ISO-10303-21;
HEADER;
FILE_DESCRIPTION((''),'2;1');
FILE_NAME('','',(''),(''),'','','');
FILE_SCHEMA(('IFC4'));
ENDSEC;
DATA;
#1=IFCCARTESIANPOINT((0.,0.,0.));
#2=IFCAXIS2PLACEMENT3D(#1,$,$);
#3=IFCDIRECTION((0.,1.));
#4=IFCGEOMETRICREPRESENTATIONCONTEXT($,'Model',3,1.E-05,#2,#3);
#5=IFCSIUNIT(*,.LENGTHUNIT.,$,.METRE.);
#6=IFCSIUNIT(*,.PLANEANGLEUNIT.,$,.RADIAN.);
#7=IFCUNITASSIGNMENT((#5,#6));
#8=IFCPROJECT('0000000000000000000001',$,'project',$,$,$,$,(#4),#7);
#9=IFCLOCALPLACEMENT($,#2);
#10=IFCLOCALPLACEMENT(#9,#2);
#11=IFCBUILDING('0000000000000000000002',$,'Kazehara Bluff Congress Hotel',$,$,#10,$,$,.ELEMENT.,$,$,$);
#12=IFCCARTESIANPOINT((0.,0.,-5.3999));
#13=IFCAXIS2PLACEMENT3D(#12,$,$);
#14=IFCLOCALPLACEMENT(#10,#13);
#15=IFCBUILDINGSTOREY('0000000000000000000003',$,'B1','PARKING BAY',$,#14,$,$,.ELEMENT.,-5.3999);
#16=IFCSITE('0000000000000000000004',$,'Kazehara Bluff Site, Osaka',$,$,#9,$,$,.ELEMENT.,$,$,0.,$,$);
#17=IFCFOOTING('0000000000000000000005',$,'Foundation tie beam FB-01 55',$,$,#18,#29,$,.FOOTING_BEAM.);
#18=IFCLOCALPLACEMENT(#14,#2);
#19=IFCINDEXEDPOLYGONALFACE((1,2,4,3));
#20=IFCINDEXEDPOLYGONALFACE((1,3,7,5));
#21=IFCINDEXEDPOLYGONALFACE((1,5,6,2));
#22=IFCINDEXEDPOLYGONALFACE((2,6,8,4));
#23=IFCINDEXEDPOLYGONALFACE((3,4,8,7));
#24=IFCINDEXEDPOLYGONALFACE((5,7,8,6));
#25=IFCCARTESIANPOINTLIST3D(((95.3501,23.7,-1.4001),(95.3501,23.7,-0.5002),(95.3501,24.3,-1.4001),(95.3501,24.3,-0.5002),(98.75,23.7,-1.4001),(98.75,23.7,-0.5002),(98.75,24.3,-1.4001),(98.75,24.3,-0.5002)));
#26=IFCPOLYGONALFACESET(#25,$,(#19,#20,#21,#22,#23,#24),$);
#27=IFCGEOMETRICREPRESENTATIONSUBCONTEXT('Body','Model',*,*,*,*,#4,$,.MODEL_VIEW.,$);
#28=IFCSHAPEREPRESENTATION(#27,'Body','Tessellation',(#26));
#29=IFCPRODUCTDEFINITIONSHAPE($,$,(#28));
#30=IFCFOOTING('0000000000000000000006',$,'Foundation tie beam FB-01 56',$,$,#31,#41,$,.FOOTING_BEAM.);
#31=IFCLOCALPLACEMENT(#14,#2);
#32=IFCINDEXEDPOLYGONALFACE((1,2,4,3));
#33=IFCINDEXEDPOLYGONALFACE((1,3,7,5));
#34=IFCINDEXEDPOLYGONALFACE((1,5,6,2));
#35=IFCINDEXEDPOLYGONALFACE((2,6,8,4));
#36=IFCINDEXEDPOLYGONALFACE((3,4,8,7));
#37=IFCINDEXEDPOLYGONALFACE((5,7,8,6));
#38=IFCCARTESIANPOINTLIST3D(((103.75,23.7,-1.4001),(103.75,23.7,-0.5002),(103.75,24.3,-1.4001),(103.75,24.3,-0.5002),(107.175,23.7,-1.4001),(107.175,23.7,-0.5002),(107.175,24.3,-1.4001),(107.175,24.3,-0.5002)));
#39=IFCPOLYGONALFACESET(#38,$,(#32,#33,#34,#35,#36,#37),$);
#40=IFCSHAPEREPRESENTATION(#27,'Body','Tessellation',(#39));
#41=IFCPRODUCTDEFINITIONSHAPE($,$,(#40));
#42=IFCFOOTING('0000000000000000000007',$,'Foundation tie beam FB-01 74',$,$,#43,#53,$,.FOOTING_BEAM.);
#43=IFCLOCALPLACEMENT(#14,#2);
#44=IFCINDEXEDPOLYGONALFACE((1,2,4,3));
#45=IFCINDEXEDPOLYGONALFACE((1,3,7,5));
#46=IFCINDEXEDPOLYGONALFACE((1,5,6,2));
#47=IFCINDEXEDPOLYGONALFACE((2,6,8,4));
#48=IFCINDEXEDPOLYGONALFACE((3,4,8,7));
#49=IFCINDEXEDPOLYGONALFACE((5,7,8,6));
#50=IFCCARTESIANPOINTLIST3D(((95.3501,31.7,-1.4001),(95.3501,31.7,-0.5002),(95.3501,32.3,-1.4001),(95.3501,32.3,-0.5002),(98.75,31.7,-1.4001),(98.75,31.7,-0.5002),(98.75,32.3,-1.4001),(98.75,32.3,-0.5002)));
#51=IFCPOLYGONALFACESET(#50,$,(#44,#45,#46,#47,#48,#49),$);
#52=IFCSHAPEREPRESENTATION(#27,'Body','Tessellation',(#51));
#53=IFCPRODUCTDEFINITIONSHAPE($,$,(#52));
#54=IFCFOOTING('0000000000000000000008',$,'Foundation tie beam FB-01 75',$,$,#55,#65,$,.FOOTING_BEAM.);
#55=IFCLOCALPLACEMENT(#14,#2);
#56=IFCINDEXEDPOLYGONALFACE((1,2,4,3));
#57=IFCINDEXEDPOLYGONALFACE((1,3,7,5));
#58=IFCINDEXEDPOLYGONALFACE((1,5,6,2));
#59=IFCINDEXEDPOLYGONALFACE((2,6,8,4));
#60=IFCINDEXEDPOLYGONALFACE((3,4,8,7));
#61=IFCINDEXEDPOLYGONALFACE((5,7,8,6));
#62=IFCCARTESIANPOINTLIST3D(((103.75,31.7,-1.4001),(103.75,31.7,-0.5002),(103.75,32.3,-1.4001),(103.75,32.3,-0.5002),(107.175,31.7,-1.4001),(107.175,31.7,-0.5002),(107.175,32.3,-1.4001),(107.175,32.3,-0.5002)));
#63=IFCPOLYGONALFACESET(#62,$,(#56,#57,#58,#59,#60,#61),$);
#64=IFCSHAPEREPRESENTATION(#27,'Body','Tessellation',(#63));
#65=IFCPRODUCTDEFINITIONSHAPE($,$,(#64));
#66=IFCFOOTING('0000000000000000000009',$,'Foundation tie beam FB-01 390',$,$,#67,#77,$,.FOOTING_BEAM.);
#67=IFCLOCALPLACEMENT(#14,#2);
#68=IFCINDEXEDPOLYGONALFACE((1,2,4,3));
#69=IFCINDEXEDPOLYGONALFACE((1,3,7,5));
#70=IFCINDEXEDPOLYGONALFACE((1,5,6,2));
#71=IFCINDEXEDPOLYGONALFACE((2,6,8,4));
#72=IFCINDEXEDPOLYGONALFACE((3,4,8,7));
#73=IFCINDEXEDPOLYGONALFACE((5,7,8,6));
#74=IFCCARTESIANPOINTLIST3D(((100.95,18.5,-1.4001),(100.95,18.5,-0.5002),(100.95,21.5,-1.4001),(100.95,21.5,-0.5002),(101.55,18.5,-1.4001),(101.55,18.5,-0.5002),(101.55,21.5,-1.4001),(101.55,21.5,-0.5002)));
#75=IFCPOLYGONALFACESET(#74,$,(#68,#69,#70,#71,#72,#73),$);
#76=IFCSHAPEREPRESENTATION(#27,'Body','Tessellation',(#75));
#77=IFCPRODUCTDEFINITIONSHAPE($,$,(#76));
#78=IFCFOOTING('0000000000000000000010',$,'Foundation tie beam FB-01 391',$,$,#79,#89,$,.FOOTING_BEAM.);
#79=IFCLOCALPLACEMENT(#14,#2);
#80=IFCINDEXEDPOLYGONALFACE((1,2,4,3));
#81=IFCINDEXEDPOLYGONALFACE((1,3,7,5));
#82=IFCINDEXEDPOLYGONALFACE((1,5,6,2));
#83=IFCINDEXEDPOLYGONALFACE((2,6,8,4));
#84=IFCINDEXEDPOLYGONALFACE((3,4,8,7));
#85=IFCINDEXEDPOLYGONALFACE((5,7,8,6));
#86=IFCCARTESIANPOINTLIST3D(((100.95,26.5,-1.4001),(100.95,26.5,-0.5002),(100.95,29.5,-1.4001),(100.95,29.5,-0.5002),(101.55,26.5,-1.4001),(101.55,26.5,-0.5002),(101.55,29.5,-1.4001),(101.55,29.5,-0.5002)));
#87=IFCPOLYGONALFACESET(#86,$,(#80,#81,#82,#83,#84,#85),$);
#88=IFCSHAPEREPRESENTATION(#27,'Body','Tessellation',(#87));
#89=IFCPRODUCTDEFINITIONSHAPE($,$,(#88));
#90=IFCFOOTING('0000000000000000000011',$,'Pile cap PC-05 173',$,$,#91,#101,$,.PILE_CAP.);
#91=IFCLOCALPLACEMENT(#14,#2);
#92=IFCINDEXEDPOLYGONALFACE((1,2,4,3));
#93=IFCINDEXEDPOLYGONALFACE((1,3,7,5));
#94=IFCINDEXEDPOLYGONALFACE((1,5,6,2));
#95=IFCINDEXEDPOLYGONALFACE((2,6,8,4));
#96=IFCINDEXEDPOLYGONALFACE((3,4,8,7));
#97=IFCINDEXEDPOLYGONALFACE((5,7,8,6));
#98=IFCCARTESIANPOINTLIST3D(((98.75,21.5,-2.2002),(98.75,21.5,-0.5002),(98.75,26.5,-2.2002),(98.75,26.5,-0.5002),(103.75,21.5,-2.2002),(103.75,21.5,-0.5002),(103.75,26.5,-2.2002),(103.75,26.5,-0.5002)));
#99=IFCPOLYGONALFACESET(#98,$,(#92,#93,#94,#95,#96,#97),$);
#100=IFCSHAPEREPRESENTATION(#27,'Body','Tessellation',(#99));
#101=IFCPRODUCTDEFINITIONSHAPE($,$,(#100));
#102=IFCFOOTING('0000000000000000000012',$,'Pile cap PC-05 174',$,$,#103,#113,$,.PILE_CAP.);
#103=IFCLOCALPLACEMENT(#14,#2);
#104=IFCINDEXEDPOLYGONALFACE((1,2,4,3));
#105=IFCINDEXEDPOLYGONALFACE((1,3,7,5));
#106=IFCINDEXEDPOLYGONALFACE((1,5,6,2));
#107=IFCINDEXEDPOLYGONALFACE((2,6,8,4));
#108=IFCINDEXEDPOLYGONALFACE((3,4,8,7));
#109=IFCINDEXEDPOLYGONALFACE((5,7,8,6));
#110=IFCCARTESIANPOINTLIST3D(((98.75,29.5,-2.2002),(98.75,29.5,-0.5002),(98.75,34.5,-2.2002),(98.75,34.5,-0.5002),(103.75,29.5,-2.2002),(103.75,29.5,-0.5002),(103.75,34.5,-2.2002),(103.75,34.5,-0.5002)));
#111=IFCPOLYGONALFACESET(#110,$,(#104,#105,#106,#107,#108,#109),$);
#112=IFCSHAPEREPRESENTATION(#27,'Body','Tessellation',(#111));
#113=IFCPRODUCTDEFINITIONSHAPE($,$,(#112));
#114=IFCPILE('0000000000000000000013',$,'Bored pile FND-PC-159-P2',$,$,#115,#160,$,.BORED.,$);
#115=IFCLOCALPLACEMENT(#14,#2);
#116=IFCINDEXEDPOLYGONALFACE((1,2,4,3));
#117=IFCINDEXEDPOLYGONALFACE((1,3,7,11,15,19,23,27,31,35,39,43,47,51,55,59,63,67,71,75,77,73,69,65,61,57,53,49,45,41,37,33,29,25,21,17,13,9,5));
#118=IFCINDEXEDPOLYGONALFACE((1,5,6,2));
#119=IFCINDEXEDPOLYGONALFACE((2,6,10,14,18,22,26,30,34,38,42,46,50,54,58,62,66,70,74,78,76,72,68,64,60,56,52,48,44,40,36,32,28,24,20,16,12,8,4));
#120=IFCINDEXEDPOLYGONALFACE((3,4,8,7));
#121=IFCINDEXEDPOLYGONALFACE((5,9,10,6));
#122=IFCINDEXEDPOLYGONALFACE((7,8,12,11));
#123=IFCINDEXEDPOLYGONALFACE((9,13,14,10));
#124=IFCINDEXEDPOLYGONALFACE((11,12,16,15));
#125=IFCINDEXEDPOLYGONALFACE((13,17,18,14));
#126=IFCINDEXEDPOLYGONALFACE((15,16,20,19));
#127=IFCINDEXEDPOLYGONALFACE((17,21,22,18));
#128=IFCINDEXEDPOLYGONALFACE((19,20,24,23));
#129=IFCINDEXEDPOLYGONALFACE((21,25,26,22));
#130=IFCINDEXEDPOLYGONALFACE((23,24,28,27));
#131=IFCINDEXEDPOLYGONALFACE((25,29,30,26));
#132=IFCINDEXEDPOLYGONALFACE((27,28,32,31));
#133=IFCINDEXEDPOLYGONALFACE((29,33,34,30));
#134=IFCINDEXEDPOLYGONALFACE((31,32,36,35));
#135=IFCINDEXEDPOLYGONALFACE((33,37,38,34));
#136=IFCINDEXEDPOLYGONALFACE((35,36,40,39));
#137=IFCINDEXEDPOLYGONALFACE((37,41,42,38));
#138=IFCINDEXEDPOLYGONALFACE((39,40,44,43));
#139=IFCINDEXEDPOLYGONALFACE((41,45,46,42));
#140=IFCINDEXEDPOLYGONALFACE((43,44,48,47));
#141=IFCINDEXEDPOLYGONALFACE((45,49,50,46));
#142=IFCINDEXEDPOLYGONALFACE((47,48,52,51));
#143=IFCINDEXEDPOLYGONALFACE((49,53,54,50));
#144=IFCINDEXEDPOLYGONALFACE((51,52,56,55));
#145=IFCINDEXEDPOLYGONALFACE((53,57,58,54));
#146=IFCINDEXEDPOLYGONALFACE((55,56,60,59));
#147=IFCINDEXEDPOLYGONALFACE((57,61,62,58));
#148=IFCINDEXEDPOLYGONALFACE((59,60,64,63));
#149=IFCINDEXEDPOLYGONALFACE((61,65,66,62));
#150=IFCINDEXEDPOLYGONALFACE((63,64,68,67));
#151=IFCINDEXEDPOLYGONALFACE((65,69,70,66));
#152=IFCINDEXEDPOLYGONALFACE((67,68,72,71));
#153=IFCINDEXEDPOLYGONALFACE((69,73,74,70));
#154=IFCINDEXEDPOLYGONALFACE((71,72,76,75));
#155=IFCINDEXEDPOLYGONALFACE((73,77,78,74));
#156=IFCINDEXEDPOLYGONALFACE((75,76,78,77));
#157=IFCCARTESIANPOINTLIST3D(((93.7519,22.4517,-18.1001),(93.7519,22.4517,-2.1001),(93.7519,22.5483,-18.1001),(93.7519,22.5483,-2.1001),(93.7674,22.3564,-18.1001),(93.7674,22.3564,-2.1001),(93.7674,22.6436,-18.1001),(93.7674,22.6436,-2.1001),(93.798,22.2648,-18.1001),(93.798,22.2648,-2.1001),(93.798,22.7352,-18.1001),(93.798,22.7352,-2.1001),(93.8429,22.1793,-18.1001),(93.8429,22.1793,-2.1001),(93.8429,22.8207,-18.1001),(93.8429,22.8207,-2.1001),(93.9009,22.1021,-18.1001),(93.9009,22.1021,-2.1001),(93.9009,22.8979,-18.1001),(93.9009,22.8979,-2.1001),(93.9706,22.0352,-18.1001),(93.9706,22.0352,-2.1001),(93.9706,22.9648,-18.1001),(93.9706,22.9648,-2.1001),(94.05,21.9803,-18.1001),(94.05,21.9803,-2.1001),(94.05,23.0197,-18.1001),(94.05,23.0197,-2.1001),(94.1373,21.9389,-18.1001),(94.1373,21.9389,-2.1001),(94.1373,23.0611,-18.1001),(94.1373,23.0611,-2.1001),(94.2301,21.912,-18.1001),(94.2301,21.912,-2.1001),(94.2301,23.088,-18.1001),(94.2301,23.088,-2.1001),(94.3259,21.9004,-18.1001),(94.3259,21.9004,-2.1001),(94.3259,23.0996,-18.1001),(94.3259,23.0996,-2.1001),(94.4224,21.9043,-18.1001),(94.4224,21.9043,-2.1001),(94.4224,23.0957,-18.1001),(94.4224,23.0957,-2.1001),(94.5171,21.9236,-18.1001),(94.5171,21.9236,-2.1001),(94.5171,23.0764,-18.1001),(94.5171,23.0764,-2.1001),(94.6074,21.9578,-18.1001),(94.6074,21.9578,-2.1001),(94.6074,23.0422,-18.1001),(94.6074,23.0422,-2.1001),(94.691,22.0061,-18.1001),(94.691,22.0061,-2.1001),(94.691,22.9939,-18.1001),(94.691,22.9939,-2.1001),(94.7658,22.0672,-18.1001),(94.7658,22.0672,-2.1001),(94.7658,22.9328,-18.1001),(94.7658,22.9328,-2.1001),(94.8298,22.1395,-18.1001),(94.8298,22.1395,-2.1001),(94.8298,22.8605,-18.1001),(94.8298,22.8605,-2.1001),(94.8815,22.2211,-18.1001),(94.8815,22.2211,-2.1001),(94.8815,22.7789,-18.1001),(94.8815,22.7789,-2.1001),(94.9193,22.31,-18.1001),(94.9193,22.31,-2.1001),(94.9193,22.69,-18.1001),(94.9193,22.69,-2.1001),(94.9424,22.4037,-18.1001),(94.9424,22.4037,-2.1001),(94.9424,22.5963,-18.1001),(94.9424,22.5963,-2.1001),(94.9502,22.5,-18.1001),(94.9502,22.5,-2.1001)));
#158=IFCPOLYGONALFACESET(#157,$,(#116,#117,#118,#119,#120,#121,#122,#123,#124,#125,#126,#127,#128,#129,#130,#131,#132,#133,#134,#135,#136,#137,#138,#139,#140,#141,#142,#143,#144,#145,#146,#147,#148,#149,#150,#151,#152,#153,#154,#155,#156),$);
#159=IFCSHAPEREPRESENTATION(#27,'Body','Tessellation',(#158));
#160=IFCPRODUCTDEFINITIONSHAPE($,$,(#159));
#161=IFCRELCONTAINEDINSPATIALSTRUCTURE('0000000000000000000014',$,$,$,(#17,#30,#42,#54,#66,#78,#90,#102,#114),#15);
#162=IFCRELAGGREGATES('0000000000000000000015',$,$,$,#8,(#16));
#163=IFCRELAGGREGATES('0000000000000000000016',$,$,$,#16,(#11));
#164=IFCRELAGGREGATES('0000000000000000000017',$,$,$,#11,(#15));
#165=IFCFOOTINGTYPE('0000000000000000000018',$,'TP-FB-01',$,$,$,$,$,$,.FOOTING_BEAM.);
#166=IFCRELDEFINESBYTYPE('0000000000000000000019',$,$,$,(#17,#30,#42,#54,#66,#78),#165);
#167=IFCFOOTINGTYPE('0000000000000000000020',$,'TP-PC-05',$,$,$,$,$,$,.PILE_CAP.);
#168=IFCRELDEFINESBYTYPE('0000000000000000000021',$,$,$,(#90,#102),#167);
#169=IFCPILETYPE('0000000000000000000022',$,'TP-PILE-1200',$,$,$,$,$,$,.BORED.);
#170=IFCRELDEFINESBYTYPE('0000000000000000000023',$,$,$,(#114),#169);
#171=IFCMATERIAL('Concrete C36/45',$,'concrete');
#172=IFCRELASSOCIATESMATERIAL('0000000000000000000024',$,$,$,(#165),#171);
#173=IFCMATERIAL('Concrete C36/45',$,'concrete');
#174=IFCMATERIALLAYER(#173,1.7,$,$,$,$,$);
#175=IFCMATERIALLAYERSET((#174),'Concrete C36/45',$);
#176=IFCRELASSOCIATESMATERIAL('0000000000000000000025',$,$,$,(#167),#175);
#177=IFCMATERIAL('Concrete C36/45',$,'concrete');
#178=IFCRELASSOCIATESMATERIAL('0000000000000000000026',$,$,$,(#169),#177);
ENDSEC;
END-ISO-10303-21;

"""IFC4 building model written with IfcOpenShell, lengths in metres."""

from ifc_helpers import new_model, si_unit, direction, frame, origin, origin_2d, place, context, subcontext, project, spatial, rectangle, circle, extrude, material, layer, layer_set, material_profile, profile_set, type_object, element, save


model = new_model("IFC4")

# Units and contexts
model_context = context("Model", 3, precision=1e-05, world=origin(), true_north=direction((0.0, 1.0)))
body_context = subcontext(model_context, "Body", "Model", "MODEL_VIEW")
ifc_project = project(units=[si_unit("LENGTHUNIT", "METRE"), si_unit("PLANEANGLEUNIT", "RADIAN")], contexts=[model_context])

# Site, building, storey
site_placement = place(None, origin())
site = spatial("IfcSite", under=ifc_project, at=site_placement, Name="Kazehara Bluff Site, Osaka", CompositionType="ELEMENT", RefElevation=0.0)
building_placement = place(site_placement, origin())
building = spatial("IfcBuilding", under=site, at=building_placement, Name="Kazehara Bluff Congress Hotel", CompositionType="ELEMENT")
storey_placement = place(building_placement, frame((0.0, 0.0, -5.3999)))
storey = spatial("IfcBuildingStorey", under=building, at=storey_placement, Name="B1", Description="PARKING BAY", CompositionType="ELEMENT", Elevation=-5.3999)

# Footings
ifc_material_1 = material(Name="Concrete C36/45", Category="concrete")
ifc_material_profile_1 = material_profile(ifc_material_1, rectangle(XDim=0.6001, YDim=0.8999, at=origin_2d()))
ifc_profile_set_1 = profile_set([ifc_material_profile_1], Name="Concrete C36/45")
footing_type_1 = type_object("IfcFootingType", Name="TP-FB-01", PredefinedType="FOOTING_BEAM", material=ifc_profile_set_1)
footing_1_placement = place(storey_placement, frame((95.3501, 24.0, -0.9502), z_axis=(1.0, 0.0, 0.0), x_axis=(0.0, 1.0, 0.0)))
element("IfcFooting", 1, at=footing_1_placement, inside=storey, type_object=footing_type_1, Name="Foundation tie beam FB-01 55", PredefinedType="FOOTING_BEAM", context=body_context, shape_type="SweptSolid", body=[
    extrude(rectangle(XDim=0.6001, YDim=0.8999, at=origin_2d()), origin(), (0.0, 0.0, 1.0), 3.3999),
])
footing_2_placement = place(storey_placement, frame((103.75, 24.0, -0.9502), z_axis=(1.0, 0.0, 0.0), x_axis=(0.0, 1.0, 0.0)))
element("IfcFooting", 2, at=footing_2_placement, inside=storey, type_object=footing_type_1, Name="Foundation tie beam FB-01 56", PredefinedType="FOOTING_BEAM", context=body_context, shape_type="SweptSolid", body=[
    extrude(rectangle(XDim=0.6001, YDim=0.8999, at=origin_2d()), origin(), (0.0, 0.0, 1.0), 3.425),
])
footing_3_placement = place(storey_placement, frame((95.3501, 32.0, -0.9502), z_axis=(1.0, 0.0, 0.0), x_axis=(0.0, 1.0, 0.0)))
element("IfcFooting", 3, at=footing_3_placement, inside=storey, type_object=footing_type_1, Name="Foundation tie beam FB-01 74", PredefinedType="FOOTING_BEAM", context=body_context, shape_type="SweptSolid", body=[
    extrude(rectangle(XDim=0.6001, YDim=0.8999, at=origin_2d()), origin(), (0.0, 0.0, 1.0), 3.3999),
])
footing_4_placement = place(storey_placement, frame((103.75, 32.0, -0.9502), z_axis=(1.0, 0.0, 0.0), x_axis=(0.0, 1.0, 0.0)))
element("IfcFooting", 4, at=footing_4_placement, inside=storey, type_object=footing_type_1, Name="Foundation tie beam FB-01 75", PredefinedType="FOOTING_BEAM", context=body_context, shape_type="SweptSolid", body=[
    extrude(rectangle(XDim=0.6001, YDim=0.8999, at=origin_2d()), origin(), (0.0, 0.0, 1.0), 3.425),
])
for number, where, z_axis, x_axis, name in (
    (5, (101.25, 18.5, -0.9502), (0.0, 1.0, 0.0), (-1.0, 0.0, 0.0), "Foundation tie beam FB-01 390"),
    (6, (101.25, 26.5, -0.9502), (0.0, 1.0, 0.0), (-1.0, 0.0, 0.0), "Foundation tie beam FB-01 391"),
):
    element("IfcFooting", number, at=place(storey_placement, frame(where, z_axis=z_axis, x_axis=x_axis)), inside=storey, type_object=footing_type_1, Name=name, PredefinedType="FOOTING_BEAM", context=body_context, shape_type="SweptSolid", body=[
        extrude(rectangle(XDim=0.6001, YDim=0.8999, at=origin_2d()), origin(), (0.0, 0.0, 1.0), 3.0),
    ])
ifc_material_2 = material(Name="Concrete C36/45", Category="concrete")
ifc_layer = layer(ifc_material_2, 1.7)
ifc_layer_set = layer_set([ifc_layer], Name="Concrete C36/45")
footing_type_2 = type_object("IfcFootingType", Name="TP-PC-05", PredefinedType="PILE_CAP", material=ifc_layer_set)
for number, where, z_axis, x_axis, name in (
    (7, (101.25, 24.0, -2.2002), (0.0, 0.0, 1.0), (1.0, 0.0, 0.0), "Pile cap PC-05 173"),
    (8, (101.25, 32.0, -2.2002), (0.0, 0.0, 1.0), (1.0, 0.0, 0.0), "Pile cap PC-05 174"),
):
    element("IfcFooting", number, at=place(storey_placement, frame(where, z_axis=z_axis, x_axis=x_axis)), inside=storey, type_object=footing_type_2, Name=name, PredefinedType="PILE_CAP", context=body_context, shape_type="SweptSolid", body=[
        extrude(rectangle(XDim=5.0, YDim=5.0, at=origin_2d()), origin(), (0.0, 0.0, 1.0), 1.7),
    ])

# Pile
ifc_material_3 = material(Name="Concrete C36/45", Category="concrete")
ifc_material_profile_2 = material_profile(ifc_material_3, circle(Radius=0.6001, at=origin_2d()))
ifc_profile_set_2 = profile_set([ifc_material_profile_2], Name="Concrete C36/45")
pile_type = type_object("IfcPileType", Name="TP-PILE-1200", PredefinedType="BORED", material=ifc_profile_set_2)
for number, where, z_axis, x_axis, name in (
    (9, (94.3501, 22.5, -2.1001), (0.0, 0.0, -1.0), (1.0, 0.0, 0.0), "Bored pile FND-PC-159-P2"),
):
    element("IfcPile", number, at=place(storey_placement, frame(where, z_axis=z_axis, x_axis=x_axis)), inside=storey, type_object=pile_type, Name=name, PredefinedType="BORED", context=body_context, shape_type="SweptSolid", body=[
        extrude(circle(Radius=0.6001, at=origin_2d()), origin(), (0.0, 0.0, 1.0), 16.0),
    ])

save(model, "model.ifc")
